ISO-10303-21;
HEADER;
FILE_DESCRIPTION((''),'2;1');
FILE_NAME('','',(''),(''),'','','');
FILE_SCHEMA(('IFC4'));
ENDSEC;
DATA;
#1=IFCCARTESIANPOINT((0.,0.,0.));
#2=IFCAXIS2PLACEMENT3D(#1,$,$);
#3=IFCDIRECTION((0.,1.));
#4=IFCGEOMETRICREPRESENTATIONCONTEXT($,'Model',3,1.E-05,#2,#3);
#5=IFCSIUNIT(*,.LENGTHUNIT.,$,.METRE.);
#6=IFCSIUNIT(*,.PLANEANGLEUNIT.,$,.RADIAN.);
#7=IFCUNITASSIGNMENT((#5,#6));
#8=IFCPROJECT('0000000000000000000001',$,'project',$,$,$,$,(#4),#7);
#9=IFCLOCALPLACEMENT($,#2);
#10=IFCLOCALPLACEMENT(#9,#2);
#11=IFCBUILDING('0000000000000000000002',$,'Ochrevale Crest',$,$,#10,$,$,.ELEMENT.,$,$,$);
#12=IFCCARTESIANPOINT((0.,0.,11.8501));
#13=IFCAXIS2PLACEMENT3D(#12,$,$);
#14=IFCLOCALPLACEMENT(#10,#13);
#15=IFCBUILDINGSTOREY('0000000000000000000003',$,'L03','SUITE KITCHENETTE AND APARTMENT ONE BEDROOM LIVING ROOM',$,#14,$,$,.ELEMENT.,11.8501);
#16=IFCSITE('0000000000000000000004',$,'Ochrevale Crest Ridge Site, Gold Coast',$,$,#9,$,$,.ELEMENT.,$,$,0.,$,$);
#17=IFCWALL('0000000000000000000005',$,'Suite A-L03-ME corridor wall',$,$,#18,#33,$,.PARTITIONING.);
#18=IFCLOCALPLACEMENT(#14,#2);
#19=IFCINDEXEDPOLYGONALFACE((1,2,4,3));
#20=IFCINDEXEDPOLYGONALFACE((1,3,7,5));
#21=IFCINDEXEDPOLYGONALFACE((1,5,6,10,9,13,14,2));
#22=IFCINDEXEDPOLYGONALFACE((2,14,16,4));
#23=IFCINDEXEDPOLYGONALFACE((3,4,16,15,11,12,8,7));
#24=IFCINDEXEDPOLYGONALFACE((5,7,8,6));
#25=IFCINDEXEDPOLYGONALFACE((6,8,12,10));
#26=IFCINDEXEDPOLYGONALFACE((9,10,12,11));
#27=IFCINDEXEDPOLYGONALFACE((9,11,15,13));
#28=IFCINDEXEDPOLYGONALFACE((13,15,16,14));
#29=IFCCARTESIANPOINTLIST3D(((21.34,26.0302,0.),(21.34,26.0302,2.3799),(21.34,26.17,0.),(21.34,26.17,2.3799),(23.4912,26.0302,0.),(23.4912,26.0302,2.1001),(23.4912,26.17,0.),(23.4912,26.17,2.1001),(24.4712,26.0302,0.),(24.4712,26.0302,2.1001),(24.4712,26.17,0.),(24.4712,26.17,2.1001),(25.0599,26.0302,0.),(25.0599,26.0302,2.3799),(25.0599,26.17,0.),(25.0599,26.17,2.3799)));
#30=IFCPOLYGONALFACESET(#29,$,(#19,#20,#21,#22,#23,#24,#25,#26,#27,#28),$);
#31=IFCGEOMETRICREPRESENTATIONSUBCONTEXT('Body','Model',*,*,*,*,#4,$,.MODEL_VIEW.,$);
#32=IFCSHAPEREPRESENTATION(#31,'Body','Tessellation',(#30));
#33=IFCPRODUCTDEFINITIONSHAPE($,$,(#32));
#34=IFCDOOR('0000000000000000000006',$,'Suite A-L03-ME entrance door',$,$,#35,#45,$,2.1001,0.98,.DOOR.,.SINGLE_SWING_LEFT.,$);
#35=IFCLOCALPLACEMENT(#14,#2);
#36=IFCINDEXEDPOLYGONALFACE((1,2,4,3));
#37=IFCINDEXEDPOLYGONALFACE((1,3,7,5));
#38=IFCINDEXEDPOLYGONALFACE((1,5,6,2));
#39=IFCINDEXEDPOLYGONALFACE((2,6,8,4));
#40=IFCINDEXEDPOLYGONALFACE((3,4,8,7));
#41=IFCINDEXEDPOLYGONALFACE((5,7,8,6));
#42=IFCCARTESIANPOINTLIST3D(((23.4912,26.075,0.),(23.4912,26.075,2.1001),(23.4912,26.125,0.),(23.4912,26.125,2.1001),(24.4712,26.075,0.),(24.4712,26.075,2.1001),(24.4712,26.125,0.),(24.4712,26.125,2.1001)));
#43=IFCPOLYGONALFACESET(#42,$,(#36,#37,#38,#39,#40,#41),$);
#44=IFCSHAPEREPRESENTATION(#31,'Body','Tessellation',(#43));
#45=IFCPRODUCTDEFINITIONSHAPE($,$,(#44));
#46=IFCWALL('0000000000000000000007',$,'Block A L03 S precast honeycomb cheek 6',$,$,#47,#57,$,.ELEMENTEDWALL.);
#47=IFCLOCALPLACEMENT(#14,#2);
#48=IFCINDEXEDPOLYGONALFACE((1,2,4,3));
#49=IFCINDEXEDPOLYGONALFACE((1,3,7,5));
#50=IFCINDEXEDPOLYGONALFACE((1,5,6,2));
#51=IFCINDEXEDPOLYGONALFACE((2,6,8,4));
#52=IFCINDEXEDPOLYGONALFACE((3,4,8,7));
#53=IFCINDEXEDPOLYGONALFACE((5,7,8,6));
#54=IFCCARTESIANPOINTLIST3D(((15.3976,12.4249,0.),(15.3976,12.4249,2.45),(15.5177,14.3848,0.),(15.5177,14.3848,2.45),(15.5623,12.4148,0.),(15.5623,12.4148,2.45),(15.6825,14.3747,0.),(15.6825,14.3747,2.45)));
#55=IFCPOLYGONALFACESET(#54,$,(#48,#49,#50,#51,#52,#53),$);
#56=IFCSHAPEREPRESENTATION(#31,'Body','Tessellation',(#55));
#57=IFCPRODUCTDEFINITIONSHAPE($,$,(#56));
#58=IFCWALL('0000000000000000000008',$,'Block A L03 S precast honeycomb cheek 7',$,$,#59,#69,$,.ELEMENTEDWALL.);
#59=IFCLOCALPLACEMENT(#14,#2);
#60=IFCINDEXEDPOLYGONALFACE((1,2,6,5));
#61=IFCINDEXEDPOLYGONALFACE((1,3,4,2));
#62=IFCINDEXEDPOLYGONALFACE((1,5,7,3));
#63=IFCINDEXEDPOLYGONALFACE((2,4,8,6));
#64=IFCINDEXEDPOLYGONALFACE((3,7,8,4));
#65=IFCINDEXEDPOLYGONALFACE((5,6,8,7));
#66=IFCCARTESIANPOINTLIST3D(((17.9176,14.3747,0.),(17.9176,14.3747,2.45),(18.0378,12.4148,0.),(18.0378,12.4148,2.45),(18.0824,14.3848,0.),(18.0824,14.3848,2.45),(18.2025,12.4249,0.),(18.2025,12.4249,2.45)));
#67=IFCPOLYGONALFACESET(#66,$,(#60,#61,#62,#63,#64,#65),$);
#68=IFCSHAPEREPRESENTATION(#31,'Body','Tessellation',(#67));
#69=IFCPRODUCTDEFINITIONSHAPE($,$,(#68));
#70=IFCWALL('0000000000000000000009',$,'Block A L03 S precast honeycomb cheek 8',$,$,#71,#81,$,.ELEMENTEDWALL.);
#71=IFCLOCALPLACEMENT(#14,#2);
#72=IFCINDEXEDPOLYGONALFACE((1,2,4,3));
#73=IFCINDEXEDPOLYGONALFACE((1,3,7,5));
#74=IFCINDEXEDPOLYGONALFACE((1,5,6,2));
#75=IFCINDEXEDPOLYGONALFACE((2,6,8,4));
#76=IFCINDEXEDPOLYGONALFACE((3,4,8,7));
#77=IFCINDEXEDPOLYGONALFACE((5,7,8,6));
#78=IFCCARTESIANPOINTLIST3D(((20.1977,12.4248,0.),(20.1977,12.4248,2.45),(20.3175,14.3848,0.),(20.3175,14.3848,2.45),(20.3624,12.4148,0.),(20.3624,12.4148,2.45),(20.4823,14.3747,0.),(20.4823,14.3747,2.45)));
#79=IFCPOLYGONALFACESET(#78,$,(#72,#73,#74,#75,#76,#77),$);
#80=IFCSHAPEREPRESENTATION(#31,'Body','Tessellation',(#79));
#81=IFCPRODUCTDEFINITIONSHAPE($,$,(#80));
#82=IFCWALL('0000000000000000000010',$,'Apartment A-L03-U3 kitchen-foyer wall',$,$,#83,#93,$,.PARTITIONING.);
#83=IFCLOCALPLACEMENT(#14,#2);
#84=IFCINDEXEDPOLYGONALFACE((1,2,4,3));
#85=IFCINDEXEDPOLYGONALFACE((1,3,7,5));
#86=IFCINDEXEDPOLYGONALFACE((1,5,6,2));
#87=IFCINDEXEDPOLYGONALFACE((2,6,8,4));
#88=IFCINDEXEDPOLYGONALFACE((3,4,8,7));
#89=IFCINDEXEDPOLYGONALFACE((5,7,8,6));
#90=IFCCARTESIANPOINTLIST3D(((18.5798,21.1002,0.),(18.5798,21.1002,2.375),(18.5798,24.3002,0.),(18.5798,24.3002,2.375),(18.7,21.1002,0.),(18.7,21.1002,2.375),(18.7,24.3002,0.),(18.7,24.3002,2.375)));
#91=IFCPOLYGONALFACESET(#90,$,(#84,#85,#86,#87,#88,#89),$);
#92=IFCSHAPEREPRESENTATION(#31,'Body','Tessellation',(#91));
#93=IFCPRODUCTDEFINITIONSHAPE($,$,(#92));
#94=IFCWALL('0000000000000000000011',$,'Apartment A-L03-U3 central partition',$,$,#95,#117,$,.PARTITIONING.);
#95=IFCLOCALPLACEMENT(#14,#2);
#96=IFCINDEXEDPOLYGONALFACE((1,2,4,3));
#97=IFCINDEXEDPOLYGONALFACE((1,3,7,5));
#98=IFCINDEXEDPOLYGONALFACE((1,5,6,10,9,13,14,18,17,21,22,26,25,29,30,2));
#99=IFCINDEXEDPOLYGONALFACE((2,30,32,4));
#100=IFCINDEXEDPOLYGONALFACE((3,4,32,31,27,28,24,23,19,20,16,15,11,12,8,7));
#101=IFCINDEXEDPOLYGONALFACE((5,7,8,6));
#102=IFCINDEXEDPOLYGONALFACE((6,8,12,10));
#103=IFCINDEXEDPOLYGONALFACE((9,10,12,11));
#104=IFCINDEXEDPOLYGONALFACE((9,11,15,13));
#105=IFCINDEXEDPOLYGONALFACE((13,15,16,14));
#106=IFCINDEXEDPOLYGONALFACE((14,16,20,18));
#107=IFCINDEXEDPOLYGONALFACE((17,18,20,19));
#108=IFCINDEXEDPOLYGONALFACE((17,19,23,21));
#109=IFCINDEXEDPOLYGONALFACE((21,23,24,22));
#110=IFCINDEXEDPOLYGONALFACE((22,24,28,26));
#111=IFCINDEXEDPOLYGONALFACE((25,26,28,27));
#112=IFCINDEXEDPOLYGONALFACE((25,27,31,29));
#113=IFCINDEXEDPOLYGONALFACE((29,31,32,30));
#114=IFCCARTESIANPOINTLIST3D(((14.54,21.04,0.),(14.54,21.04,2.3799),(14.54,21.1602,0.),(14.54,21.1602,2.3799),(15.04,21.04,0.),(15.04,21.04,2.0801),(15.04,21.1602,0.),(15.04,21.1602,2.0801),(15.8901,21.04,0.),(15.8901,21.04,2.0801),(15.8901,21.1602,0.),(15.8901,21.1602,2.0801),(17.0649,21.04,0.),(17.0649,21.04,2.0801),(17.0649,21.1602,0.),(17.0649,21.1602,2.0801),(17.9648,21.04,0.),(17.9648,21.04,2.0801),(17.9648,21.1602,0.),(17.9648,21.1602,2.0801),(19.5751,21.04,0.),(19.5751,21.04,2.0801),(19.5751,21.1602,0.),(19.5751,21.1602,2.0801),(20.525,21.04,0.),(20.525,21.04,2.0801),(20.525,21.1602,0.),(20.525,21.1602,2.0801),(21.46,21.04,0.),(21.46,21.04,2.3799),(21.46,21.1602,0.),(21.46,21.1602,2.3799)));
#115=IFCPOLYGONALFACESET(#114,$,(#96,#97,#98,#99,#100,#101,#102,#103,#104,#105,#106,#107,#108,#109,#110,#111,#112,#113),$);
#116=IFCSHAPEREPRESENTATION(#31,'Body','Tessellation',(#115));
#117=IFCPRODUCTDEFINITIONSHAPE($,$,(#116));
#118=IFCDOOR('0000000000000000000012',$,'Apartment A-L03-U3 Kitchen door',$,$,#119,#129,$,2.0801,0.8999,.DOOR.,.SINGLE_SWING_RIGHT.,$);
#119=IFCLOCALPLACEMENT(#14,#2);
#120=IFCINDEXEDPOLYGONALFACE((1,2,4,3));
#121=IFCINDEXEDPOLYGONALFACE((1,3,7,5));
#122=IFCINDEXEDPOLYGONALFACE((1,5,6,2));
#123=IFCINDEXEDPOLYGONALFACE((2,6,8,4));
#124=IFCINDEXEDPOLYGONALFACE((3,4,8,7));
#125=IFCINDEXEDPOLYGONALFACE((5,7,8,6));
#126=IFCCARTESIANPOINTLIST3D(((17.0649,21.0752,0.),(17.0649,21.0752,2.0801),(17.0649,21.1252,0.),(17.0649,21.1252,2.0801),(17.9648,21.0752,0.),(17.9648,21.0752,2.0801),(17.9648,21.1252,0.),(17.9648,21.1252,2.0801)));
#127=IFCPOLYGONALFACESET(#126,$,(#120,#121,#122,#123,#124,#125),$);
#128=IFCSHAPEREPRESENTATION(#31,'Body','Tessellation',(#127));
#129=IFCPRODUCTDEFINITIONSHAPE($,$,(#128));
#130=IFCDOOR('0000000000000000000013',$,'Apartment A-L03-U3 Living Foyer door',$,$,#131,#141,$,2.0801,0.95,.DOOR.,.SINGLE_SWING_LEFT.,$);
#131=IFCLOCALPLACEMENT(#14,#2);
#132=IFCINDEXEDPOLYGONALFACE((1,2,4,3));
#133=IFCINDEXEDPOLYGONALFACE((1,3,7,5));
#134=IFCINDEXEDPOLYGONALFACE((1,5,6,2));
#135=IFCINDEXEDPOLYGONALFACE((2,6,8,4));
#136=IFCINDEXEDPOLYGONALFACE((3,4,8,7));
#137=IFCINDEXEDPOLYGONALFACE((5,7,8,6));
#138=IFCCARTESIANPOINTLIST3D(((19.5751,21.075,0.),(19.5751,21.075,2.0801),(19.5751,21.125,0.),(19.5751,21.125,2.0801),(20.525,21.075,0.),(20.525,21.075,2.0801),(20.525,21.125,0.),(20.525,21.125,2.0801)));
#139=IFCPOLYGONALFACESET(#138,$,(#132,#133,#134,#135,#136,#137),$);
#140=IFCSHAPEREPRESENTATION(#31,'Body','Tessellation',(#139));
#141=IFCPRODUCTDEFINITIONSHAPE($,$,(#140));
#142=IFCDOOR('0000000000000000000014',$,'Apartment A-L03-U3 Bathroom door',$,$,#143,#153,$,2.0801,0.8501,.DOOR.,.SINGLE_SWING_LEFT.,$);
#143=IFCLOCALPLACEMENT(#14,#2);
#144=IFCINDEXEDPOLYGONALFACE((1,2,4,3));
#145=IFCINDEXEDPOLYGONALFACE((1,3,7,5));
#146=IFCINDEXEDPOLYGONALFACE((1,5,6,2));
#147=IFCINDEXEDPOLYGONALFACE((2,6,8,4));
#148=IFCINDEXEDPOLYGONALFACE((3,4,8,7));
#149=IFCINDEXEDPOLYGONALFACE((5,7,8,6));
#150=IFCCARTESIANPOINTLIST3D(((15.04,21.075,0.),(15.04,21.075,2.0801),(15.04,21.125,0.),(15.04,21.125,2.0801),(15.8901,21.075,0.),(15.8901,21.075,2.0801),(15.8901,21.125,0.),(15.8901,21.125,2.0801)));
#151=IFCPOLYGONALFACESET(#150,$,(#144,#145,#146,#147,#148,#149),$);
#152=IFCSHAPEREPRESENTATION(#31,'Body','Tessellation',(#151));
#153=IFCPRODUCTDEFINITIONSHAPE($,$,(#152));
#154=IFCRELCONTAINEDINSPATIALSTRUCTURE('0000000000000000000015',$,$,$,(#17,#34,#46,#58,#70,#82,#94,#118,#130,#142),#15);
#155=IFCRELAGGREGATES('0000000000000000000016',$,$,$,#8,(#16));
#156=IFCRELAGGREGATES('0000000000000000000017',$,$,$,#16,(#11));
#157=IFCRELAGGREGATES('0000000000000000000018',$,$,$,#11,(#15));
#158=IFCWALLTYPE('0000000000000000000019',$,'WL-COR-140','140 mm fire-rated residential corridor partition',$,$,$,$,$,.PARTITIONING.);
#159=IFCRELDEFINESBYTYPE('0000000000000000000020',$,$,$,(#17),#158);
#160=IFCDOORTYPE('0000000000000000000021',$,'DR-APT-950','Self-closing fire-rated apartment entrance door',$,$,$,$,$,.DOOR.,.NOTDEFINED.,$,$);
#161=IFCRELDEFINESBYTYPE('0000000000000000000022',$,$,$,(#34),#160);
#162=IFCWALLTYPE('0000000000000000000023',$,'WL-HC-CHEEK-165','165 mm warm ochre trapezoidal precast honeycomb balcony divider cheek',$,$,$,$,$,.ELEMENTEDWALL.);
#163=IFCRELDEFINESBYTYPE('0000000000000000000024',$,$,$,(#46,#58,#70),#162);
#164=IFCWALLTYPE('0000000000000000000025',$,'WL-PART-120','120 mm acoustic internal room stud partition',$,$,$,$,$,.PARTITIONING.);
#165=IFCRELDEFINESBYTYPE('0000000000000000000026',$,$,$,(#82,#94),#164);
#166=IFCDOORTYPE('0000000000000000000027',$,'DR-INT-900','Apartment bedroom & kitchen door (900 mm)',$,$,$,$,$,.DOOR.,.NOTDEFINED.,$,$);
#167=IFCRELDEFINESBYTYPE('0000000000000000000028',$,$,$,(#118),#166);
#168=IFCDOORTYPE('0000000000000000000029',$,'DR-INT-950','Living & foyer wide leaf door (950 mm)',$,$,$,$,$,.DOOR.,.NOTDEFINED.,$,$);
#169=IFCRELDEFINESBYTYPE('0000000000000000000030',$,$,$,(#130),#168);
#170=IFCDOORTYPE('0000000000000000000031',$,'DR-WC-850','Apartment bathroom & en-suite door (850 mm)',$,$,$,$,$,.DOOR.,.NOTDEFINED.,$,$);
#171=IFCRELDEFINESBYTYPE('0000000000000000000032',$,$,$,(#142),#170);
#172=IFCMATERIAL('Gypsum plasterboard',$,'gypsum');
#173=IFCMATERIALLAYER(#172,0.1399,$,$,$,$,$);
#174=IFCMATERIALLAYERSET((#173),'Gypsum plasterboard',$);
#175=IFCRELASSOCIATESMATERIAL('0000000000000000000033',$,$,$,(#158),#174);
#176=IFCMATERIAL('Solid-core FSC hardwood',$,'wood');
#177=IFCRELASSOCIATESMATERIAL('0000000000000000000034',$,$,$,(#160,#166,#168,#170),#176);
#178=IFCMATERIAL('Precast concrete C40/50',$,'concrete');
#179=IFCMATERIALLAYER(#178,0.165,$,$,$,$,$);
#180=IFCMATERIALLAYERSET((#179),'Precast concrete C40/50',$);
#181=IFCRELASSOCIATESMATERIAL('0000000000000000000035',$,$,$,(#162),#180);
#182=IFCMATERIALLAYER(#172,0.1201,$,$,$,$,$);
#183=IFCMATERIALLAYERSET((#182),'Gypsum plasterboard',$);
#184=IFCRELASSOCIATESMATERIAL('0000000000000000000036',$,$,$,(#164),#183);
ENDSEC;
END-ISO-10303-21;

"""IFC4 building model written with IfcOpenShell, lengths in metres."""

from ifc_helpers import new_model, si_unit, direction, frame, frame_2d, origin, place, context, subcontext, project, spatial, rectangle, extrude, material, layer, layer_set, type_object, element, fill, save


model = new_model("IFC4")

# Units and contexts
model_context = context("Model", 3, precision=1e-05, world=origin(), true_north=direction((0.0, 1.0)))
body_context = subcontext(model_context, "Body", "Model", "MODEL_VIEW")
ifc_project = project(units=[si_unit("LENGTHUNIT", "METRE"), si_unit("PLANEANGLEUNIT", "RADIAN")], contexts=[model_context])

# Site, building, storey
site_placement = place(None, origin())
site = spatial("IfcSite", under=ifc_project, at=site_placement, Name="Ochrevale Crest Ridge Site, Gold Coast", CompositionType="ELEMENT", RefElevation=0.0)
building_placement = place(site_placement, origin())
building = spatial("IfcBuilding", under=site, at=building_placement, Name="Ochrevale Crest", CompositionType="ELEMENT")
storey_placement = place(building_placement, frame((0.0, 0.0, 11.8501)))
storey = spatial("IfcBuildingStorey", under=building, at=storey_placement, Name="L03", Description="SUITE KITCHENETTE AND APARTMENT ONE BEDROOM LIVING ROOM", CompositionType="ELEMENT", Elevation=11.8501)

# Shared definitions
ifc_material_1 = material(Name="Precast concrete C40/50", Category="concrete")

# Wall, opening, door
ifc_material_2 = material(Name="Gypsum plasterboard", Category="gypsum")
ifc_layer_1 = layer(ifc_material_2, 0.1399)
ifc_layer_set_1 = layer_set([ifc_layer_1], Name="Gypsum plasterboard")
wall_type_1 = type_object("IfcWallType", Name="WL-COR-140", Description="140 mm fire-rated residential corridor partition", PredefinedType="PARTITIONING", material=ifc_layer_set_1)
ifc_material_3 = material(Name="Solid-core FSC hardwood", Category="wood")
door_type_1 = type_object("IfcDoorType", Name="DR-APT-950", Description="Self-closing fire-rated apartment entrance door", OperationType="NOTDEFINED", PredefinedType="DOOR", material=ifc_material_3)
wall_1_placement = place(storey_placement, frame((21.3401, 26.1001, 0.0), z_axis=(0.0, 0.0, 1.0), x_axis=(1.0, 0.0, 0.0)))
wall_1 = element("IfcWall", 1, at=wall_1_placement, inside=storey, type_object=wall_type_1, Name="Suite A-L03-ME corridor wall", PredefinedType="PARTITIONING", context=body_context, shape_type="SweptSolid", body=[
    extrude(rectangle(XDim=3.72, YDim=0.1399, at=frame_2d((1.8599, 0.0))), origin(), (0.0, 0.0, 1.0), 2.3799),
])
opening_1_placement = place(wall_1_placement, frame((2.1511, 0.0, 0.0)))
opening_1 = element("IfcOpeningElement", 2, at=opening_1_placement, cuts=wall_1, PredefinedType="OPENING", context=body_context, shape_type="SweptSolid", body=[
    extrude(rectangle(XDim=0.98, YDim=2.1001, at=frame_2d((0.49, 1.05))), frame((0.0, 0.0801, 0.0), z_axis=(0.0, -1.0, 0.0), x_axis=(1.0, 0.0, 0.0)), (0.0, 0.0, 1.0), 0.1599),
])
door_1_placement = place(opening_1_placement, origin())
door_1 = element("IfcDoor", 3, at=door_1_placement, inside=storey, type_object=door_type_1, Name="Suite A-L03-ME entrance door", OperationType="SINGLE_SWING_LEFT", OverallHeight=2.1001, OverallWidth=0.98, PredefinedType="DOOR", context=body_context, shape_type="SweptSolid", body=[
    extrude(rectangle(XDim=0.98, YDim=2.1001, at=frame_2d((0.49, 1.05))), frame((0.0, 0.0249, 0.0), z_axis=(0.0, -1.0, 0.0), x_axis=(1.0, 0.0, 0.0)), (0.0, 0.0, 1.0), 0.05),
])
fill(opening_1, door_1)

# Walls
ifc_layer_2 = layer(ifc_material_1, 0.165)
ifc_layer_set_2 = layer_set([ifc_layer_2], Name="Precast concrete C40/50")
wall_type_2 = type_object("IfcWallType", Name="WL-HC-CHEEK-165", Description="165 mm warm ochre trapezoidal precast honeycomb balcony divider cheek", PredefinedType="ELEMENTEDWALL", material=ifc_layer_set_2)
for number, where, z_axis, x_axis, name in (
    (4, (15.6001, 14.3799, 0.0), (0.0, 0.0, 1.0), (-0.061171, -0.998127, 0.0), "Block A L03 S precast honeycomb cheek 6"),
    (5, (18.0, 14.3799, 0.0), (0.0, 0.0, 1.0), (0.061171, -0.998127, 0.0), "Block A L03 S precast honeycomb cheek 7"),
    (6, (20.3999, 14.3799, 0.0), (0.0, 0.0, 1.0), (-0.061047, -0.998135, 0.0), "Block A L03 S precast honeycomb cheek 8"),
):
    element("IfcWall", number, at=place(storey_placement, frame(where, z_axis=z_axis, x_axis=x_axis)), inside=storey, type_object=wall_type_2, Name=name, PredefinedType="ELEMENTEDWALL", context=body_context, shape_type="SweptSolid", body=[
        extrude(rectangle(XDim=1.9636, YDim=0.165, at=frame_2d((0.9819, 0.0))), origin(), (0.0, 0.0, 1.0), 2.45),
    ])
ifc_layer_3 = layer(ifc_material_2, 0.1201)
ifc_layer_set_3 = layer_set([ifc_layer_3], Name="Gypsum plasterboard")
wall_type_3 = type_object("IfcWallType", Name="WL-PART-120", Description="120 mm acoustic internal room stud partition", PredefinedType="PARTITIONING", material=ifc_layer_set_3)
wall_2_placement = place(storey_placement, frame((18.6399, 21.1001, 0.0), z_axis=(0.0, 0.0, 1.0), x_axis=(0.0, 1.0, 0.0)))
element("IfcWall", 7, at=wall_2_placement, inside=storey, type_object=wall_type_3, Name="Apartment A-L03-U3 kitchen-foyer wall", PredefinedType="PARTITIONING", context=body_context, shape_type="SweptSolid", body=[
    extrude(rectangle(XDim=3.2, YDim=0.1201, at=frame_2d((1.6001, 0.0))), origin(), (0.0, 0.0, 1.0), 2.375),
])

# Wall, openings, doors
wall_3_placement = place(storey_placement, frame((14.54, 21.1001, 0.0), z_axis=(0.0, 0.0, 1.0), x_axis=(1.0, 0.0, 0.0)))
wall_3 = element("IfcWall", 8, at=wall_3_placement, inside=storey, type_object=wall_type_3, Name="Apartment A-L03-U3 central partition", PredefinedType="PARTITIONING", context=body_context, shape_type="SweptSolid", body=[
    extrude(rectangle(XDim=6.9199, YDim=0.1201, at=frame_2d((3.46, 0.0))), origin(), (0.0, 0.0, 1.0), 2.3799),
])
opening_2_placement = place(wall_3_placement, frame((0.5, 0.0, 0.0)))
opening_2 = element("IfcOpeningElement", 9, at=opening_2_placement, cuts=wall_3, PredefinedType="OPENING", context=body_context, shape_type="SweptSolid", body=[
    extrude(rectangle(XDim=0.8501, YDim=2.0801, at=frame_2d((0.425, 1.04))), frame((0.0, 0.0701, 0.0), z_axis=(0.0, -1.0, 0.0), x_axis=(1.0, 0.0, 0.0)), (0.0, 0.0, 1.0), 0.1401),
])
opening_3_placement = place(wall_3_placement, frame((3.4248, 0.0, 0.0), z_axis=(0.0, 0.0, 1.0), x_axis=(-1.0, 0.0, 0.0)))
opening_3 = element("IfcOpeningElement", 10, at=opening_3_placement, cuts=wall_3, PredefinedType="OPENING", context=body_context, shape_type="SweptSolid", body=[
    extrude(rectangle(XDim=0.8999, YDim=2.0801, at=frame_2d((0.45, 1.04))), frame((0.0, 0.0701, 0.0), z_axis=(0.0, -1.0, 0.0), x_axis=(1.0, 0.0, 0.0)), (0.0, 0.0, 1.0), 0.1401),
])
opening_4_placement = place(wall_3_placement, frame((5.0349, 0.0, 0.0)))
opening_4 = element("IfcOpeningElement", 11, at=opening_4_placement, cuts=wall_3, PredefinedType="OPENING", context=body_context, shape_type="SweptSolid", body=[
    extrude(rectangle(XDim=0.95, YDim=2.0801, at=frame_2d((0.4751, 1.04))), frame((0.0, 0.0701, 0.0), z_axis=(0.0, -1.0, 0.0), x_axis=(1.0, 0.0, 0.0)), (0.0, 0.0, 1.0), 0.1401),
])
door_type_2 = type_object("IfcDoorType", Name="DR-INT-900", Description="Apartment bedroom & kitchen door (900 mm)", OperationType="NOTDEFINED", PredefinedType="DOOR", material=ifc_material_3)
door_2_placement = place(opening_3_placement, origin())
door_2 = element("IfcDoor", 12, at=door_2_placement, inside=storey, type_object=door_type_2, Name="Apartment A-L03-U3 Kitchen door", OperationType="SINGLE_SWING_RIGHT", OverallHeight=2.0801, OverallWidth=0.8999, PredefinedType="DOOR", context=body_context, shape_type="SweptSolid", body=[
    extrude(rectangle(XDim=0.8999, YDim=2.0801, at=frame_2d((0.45, 1.04))), frame((0.0, 0.0249, 0.0), z_axis=(0.0, -1.0, 0.0), x_axis=(1.0, 0.0, 0.0)), (0.0, 0.0, 1.0), 0.05),
])
fill(opening_3, door_2)
door_type_3 = type_object("IfcDoorType", Name="DR-INT-950", Description="Living & foyer wide leaf door (950 mm)", OperationType="NOTDEFINED", PredefinedType="DOOR", material=ifc_material_3)
door_3_placement = place(opening_4_placement, origin())
door_3 = element("IfcDoor", 13, at=door_3_placement, inside=storey, type_object=door_type_3, Name="Apartment A-L03-U3 Living Foyer door", OperationType="SINGLE_SWING_LEFT", OverallHeight=2.0801, OverallWidth=0.95, PredefinedType="DOOR", context=body_context, shape_type="SweptSolid", body=[
    extrude(rectangle(XDim=0.95, YDim=2.0801, at=frame_2d((0.4751, 1.04))), frame((0.0, 0.0249, 0.0), z_axis=(0.0, -1.0, 0.0), x_axis=(1.0, 0.0, 0.0)), (0.0, 0.0, 1.0), 0.05),
])
fill(opening_4, door_3)
door_type_4 = type_object("IfcDoorType", Name="DR-WC-850", Description="Apartment bathroom & en-suite door (850 mm)", OperationType="NOTDEFINED", PredefinedType="DOOR", material=ifc_material_3)
door_4_placement = place(opening_2_placement, origin())
door_4 = element("IfcDoor", 14, at=door_4_placement, inside=storey, type_object=door_type_4, Name="Apartment A-L03-U3 Bathroom door", OperationType="SINGLE_SWING_LEFT", OverallHeight=2.0801, OverallWidth=0.8501, PredefinedType="DOOR", context=body_context, shape_type="SweptSolid", body=[
    extrude(rectangle(XDim=0.8501, YDim=2.0801, at=frame_2d((0.425, 1.04))), frame((0.0, 0.0249, 0.0), z_axis=(0.0, -1.0, 0.0), x_axis=(1.0, 0.0, 0.0)), (0.0, 0.0, 1.0), 0.05),
])
fill(opening_2, door_4)

save(model, "model.ifc")
